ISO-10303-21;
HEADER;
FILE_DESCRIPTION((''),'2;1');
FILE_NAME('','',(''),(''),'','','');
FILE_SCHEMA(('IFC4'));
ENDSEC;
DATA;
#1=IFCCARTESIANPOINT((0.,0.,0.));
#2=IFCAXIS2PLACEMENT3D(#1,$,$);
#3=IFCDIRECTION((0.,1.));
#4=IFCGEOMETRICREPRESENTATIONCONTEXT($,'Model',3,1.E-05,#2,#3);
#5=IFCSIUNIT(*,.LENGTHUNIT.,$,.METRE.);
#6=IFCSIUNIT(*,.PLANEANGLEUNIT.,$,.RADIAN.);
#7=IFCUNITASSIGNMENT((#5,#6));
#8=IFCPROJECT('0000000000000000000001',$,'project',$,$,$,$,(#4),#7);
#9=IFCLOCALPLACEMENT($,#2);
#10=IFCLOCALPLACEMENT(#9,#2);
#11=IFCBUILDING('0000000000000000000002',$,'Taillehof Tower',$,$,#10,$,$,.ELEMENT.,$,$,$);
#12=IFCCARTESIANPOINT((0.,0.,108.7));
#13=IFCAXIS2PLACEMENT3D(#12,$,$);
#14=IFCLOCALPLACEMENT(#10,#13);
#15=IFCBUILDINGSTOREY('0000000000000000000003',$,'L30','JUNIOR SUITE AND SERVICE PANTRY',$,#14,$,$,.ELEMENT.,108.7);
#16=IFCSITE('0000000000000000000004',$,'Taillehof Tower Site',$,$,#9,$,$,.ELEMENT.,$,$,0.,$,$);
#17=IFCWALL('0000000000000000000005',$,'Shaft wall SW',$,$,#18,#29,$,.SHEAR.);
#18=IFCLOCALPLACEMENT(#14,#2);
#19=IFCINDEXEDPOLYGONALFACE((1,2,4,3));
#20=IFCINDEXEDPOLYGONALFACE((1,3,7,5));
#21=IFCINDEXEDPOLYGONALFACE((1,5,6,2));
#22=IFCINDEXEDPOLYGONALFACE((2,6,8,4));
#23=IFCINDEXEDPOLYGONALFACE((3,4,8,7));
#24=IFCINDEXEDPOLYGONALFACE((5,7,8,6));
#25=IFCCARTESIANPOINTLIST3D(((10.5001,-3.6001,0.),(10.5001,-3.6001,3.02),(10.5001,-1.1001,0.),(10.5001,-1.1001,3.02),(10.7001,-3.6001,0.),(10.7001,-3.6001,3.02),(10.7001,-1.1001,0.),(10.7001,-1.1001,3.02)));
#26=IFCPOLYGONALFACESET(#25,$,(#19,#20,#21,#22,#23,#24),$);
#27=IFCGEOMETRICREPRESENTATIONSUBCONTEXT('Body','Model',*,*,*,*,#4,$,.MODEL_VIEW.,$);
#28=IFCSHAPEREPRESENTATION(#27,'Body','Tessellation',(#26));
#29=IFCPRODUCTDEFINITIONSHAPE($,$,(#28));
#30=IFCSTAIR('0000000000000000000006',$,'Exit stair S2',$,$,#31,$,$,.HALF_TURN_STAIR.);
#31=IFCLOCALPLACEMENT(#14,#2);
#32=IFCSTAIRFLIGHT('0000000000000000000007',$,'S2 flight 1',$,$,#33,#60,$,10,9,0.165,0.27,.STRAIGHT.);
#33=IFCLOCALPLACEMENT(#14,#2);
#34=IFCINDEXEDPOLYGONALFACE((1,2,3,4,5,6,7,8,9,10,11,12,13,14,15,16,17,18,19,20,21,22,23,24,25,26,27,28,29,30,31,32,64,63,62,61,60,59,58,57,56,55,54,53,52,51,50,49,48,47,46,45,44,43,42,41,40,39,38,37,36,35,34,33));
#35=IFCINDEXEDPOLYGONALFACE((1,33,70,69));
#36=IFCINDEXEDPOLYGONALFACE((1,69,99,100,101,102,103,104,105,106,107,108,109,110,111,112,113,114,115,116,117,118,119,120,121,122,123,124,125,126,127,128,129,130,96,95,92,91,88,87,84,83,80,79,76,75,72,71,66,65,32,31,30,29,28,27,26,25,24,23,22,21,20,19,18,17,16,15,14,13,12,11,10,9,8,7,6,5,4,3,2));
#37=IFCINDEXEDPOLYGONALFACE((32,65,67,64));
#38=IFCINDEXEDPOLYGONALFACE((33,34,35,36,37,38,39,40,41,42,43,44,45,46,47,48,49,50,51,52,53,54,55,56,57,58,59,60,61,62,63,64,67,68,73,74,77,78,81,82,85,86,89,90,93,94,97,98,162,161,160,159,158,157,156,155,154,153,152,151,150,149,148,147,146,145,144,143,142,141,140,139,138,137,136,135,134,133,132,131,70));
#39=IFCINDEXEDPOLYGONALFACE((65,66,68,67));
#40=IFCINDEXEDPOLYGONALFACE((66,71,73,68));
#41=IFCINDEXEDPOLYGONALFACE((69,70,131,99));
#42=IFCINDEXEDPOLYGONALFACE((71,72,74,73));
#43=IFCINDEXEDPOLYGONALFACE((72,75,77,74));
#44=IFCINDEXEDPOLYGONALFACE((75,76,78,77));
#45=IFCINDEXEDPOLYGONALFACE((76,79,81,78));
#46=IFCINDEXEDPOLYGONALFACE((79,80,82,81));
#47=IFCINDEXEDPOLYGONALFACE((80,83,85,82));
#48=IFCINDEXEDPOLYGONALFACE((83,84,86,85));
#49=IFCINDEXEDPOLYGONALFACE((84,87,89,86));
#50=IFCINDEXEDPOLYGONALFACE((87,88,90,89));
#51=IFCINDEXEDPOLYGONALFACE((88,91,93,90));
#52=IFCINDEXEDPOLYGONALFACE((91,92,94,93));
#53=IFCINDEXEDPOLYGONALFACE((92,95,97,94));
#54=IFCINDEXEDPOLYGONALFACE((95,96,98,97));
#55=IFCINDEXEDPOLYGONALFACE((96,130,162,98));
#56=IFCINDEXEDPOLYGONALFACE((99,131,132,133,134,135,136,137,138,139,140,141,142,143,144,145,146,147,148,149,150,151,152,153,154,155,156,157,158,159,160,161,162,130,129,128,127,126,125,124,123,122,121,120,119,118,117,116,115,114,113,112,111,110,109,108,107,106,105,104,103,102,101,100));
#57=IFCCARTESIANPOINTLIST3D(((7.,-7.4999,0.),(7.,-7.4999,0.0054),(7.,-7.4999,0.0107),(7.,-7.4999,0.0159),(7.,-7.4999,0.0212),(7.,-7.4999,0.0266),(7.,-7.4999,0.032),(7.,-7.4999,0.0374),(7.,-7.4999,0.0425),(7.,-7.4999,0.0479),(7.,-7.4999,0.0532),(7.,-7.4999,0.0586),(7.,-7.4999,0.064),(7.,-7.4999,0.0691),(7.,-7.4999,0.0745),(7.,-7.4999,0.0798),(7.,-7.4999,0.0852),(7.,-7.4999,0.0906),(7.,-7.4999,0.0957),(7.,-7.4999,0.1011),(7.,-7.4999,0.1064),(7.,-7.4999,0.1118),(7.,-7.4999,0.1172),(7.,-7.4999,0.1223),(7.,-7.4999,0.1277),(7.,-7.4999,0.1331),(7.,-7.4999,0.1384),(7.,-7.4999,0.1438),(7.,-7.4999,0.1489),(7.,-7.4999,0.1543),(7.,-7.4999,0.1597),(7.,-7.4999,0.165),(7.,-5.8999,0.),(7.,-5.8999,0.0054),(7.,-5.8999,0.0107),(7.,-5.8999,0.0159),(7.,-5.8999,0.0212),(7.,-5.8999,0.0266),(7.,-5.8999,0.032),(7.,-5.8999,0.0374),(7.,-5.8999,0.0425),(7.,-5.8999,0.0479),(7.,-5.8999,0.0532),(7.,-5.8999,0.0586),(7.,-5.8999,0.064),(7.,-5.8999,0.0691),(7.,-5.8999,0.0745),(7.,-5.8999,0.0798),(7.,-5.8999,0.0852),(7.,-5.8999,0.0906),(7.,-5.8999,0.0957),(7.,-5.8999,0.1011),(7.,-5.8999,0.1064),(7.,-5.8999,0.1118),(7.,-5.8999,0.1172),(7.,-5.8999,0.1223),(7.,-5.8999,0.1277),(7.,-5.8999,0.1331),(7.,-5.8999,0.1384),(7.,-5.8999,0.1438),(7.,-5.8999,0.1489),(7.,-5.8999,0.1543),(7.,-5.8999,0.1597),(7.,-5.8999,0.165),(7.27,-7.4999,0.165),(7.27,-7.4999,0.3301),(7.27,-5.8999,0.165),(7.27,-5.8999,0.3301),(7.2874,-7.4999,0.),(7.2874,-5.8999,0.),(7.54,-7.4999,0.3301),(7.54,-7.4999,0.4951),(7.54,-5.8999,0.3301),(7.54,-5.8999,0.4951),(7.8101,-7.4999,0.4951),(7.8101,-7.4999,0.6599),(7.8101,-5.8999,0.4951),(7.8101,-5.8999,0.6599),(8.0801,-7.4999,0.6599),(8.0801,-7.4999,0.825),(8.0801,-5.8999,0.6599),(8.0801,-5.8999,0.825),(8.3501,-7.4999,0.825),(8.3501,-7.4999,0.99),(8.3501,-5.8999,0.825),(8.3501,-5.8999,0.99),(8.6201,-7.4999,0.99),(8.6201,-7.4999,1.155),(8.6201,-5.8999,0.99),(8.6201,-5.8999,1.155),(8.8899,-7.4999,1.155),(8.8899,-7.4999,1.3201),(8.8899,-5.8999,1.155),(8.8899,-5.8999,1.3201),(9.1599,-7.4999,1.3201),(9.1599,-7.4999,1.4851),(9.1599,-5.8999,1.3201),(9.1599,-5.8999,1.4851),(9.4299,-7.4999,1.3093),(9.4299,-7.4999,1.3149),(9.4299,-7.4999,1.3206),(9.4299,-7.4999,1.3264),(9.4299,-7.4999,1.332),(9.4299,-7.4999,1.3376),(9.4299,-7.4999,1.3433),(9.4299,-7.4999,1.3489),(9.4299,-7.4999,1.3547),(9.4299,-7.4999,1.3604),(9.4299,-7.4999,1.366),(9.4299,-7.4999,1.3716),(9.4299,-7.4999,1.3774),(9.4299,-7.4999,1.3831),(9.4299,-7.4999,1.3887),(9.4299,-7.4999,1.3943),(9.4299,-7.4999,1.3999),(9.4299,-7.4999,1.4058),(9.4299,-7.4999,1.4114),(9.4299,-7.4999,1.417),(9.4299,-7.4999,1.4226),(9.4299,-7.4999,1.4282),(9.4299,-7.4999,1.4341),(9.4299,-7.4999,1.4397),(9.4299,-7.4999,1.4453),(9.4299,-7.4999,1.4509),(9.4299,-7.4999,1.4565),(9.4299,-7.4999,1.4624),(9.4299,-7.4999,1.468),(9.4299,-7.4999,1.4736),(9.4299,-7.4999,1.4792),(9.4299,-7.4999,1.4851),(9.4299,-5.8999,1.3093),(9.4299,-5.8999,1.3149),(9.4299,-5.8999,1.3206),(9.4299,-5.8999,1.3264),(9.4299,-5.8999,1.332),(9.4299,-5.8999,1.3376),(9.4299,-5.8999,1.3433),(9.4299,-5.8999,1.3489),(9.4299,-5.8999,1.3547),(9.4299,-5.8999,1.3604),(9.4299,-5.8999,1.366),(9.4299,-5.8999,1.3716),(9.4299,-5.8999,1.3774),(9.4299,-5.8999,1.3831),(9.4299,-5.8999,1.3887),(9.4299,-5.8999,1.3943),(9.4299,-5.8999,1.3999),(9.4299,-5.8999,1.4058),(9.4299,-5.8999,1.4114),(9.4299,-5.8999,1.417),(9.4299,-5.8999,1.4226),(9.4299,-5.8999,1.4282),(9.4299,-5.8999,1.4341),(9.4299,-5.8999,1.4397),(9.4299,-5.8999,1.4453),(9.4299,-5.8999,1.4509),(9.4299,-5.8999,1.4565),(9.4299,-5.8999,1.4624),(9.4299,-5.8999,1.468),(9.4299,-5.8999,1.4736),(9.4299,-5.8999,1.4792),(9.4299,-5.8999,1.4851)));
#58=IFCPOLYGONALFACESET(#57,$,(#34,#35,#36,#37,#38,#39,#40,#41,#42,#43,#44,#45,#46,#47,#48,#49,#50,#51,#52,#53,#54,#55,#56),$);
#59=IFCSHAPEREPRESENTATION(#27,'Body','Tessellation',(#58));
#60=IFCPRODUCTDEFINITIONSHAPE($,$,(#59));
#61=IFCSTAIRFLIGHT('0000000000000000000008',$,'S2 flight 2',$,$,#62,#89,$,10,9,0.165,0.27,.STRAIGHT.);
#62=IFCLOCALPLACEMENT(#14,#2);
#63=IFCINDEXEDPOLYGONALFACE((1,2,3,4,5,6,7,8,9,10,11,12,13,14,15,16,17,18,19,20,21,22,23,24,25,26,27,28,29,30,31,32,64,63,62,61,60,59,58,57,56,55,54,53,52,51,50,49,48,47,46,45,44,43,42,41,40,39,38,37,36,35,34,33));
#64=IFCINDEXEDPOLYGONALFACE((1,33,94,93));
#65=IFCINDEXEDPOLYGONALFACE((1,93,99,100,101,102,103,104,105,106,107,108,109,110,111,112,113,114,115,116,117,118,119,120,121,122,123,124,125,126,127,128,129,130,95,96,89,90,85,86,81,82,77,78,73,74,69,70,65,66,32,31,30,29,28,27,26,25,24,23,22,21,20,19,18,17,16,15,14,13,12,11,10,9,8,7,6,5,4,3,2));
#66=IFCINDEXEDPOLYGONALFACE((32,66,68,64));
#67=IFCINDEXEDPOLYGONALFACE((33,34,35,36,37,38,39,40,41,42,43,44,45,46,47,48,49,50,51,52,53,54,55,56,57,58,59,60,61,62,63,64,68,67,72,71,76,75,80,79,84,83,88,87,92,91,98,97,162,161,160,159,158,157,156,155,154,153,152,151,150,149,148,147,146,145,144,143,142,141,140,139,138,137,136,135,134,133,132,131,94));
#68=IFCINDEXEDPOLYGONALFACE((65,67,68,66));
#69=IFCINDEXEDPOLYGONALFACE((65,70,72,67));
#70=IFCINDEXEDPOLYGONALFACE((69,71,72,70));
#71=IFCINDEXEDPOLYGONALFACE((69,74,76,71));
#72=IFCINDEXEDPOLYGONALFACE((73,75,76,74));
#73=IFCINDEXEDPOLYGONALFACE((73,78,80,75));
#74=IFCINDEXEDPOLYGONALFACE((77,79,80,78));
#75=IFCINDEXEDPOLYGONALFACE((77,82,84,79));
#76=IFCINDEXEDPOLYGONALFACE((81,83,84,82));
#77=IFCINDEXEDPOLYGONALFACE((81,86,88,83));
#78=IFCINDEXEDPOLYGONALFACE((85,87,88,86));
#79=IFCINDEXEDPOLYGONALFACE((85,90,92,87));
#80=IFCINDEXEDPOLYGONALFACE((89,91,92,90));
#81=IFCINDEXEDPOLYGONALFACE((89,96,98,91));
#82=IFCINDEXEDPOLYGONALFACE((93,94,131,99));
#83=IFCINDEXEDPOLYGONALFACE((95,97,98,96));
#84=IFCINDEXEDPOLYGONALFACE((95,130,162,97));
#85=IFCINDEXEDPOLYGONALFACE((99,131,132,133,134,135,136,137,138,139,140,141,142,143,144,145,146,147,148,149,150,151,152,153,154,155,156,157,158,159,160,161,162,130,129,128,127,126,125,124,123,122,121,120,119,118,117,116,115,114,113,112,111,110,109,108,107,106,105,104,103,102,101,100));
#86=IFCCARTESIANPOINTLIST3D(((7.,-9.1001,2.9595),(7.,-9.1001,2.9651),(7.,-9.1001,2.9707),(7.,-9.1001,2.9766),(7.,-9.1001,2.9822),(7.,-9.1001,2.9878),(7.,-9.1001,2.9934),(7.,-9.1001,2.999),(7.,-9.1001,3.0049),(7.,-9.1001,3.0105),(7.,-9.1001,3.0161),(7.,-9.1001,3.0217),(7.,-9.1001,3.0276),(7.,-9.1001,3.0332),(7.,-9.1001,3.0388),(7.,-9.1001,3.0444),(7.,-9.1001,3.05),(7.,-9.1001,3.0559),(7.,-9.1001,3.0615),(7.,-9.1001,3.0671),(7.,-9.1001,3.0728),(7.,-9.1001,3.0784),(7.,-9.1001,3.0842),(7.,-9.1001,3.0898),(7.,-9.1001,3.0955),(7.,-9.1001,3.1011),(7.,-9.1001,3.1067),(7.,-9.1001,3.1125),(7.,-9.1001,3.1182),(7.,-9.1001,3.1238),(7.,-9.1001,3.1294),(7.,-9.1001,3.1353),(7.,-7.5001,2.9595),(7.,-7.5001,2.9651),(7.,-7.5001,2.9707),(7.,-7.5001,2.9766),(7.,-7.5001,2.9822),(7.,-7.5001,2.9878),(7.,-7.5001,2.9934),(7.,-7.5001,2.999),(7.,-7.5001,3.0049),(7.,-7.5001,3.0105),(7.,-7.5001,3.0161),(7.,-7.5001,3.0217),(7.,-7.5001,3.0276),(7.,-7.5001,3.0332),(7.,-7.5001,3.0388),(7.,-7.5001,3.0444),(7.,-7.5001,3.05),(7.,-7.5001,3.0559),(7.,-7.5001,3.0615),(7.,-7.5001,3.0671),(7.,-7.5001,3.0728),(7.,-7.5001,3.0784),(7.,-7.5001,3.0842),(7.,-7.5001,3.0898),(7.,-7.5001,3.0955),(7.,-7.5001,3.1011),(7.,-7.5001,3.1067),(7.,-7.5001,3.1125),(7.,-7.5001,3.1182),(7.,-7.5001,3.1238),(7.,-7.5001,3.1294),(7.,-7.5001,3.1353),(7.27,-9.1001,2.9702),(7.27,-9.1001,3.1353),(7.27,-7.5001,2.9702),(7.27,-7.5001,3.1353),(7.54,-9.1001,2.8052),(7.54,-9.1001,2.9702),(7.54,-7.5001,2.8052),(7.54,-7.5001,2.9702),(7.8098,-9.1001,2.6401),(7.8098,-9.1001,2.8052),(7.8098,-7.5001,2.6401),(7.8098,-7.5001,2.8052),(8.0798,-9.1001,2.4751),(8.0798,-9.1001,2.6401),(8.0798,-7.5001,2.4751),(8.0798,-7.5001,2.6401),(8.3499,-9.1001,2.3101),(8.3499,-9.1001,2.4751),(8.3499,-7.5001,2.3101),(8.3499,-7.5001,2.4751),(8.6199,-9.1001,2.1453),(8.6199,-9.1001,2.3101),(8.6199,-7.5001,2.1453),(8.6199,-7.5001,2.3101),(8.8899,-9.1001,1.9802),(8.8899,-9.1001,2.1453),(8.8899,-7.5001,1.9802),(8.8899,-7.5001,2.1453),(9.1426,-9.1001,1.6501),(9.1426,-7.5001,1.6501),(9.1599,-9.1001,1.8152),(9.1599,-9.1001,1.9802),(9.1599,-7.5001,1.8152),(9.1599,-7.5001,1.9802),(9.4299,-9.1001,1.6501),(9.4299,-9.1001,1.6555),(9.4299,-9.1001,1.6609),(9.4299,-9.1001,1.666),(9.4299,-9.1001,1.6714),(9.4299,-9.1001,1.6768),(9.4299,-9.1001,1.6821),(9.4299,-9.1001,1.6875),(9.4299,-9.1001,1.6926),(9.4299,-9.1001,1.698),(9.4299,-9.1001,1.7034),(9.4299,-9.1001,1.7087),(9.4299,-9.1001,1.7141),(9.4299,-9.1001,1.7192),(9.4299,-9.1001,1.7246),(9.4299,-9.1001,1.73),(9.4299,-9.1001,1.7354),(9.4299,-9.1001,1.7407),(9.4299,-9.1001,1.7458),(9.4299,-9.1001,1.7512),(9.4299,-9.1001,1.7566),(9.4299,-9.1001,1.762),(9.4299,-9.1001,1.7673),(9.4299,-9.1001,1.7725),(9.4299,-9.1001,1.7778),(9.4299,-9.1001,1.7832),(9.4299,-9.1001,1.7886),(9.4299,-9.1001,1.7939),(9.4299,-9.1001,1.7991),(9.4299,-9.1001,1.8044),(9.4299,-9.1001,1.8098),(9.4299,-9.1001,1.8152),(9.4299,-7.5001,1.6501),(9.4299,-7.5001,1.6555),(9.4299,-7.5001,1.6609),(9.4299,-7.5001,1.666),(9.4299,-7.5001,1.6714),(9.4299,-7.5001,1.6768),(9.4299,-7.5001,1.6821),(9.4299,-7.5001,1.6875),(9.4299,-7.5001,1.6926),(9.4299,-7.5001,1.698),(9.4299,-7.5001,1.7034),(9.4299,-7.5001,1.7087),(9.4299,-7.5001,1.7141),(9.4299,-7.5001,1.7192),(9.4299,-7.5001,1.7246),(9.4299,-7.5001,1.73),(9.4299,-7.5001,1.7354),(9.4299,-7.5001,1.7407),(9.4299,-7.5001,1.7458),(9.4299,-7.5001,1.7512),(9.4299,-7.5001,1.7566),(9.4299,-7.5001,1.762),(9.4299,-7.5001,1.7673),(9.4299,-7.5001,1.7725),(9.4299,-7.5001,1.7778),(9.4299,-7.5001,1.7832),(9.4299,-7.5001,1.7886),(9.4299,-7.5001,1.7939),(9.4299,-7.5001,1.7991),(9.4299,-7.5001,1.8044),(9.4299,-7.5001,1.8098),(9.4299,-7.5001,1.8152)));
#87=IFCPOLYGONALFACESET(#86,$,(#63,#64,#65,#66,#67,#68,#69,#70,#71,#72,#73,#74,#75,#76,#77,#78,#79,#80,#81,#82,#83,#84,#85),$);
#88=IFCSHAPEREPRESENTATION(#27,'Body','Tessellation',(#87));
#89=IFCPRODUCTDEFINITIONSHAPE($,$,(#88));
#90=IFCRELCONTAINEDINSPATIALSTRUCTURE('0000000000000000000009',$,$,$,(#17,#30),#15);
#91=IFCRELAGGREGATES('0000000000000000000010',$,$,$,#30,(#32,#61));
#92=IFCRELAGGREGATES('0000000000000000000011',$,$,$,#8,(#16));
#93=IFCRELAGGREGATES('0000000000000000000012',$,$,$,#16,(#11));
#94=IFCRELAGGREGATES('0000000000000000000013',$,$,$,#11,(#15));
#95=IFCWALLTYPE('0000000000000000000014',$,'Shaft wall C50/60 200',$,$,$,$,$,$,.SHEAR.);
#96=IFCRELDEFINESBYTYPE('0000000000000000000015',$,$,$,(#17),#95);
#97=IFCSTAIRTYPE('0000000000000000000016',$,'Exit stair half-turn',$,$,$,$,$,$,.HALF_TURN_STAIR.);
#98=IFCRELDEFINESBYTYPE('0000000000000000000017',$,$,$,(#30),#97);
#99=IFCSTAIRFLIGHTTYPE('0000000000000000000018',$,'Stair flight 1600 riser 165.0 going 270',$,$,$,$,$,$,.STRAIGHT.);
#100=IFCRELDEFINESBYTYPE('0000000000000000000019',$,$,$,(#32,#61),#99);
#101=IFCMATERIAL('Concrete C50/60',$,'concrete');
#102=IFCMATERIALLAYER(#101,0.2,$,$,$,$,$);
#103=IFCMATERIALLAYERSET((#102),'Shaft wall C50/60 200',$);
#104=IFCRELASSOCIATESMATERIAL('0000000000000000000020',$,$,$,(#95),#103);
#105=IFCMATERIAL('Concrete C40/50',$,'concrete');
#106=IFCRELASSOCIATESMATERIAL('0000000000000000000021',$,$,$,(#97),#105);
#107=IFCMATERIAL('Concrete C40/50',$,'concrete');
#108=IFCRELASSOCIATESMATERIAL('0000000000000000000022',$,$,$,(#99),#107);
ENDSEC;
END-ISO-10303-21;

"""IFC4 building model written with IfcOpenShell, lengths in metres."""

from ifc_helpers import new_model, si_unit, direction, frame, frame_2d, origin, place, context, subcontext, project, spatial, polyline, rectangle, outline, extrude, material, layer, layer_set, type_object, element, aggregate, save


model = new_model("IFC4")

# Units and contexts
model_context = context("Model", 3, precision=1e-05, world=origin(), true_north=direction((0.0, 1.0)))
body_context = subcontext(model_context, "Body", "Model", "MODEL_VIEW")
ifc_project = project(units=[si_unit("LENGTHUNIT", "METRE"), si_unit("PLANEANGLEUNIT", "RADIAN")], contexts=[model_context])

# Site, building, storey
site_placement = place(None, origin())
site = spatial("IfcSite", under=ifc_project, at=site_placement, Name="Taillehof Tower Site", CompositionType="ELEMENT", RefElevation=0.0)
building_placement = place(site_placement, origin())
building = spatial("IfcBuilding", under=site, at=building_placement, Name="Taillehof Tower", CompositionType="ELEMENT")
storey_placement = place(building_placement, frame((0.0, 0.0, 108.7)))
storey = spatial("IfcBuildingStorey", under=building, at=storey_placement, Name="L30", Description="JUNIOR SUITE AND SERVICE PANTRY", CompositionType="ELEMENT", Elevation=108.7)

# Shared definitions
ifc_material_1 = material(Name="Concrete C50/60", Category="concrete")
ifc_layer_1 = layer(ifc_material_1, 0.2)
ifc_layer_set_1 = layer_set([ifc_layer_1], Name="Shaft wall C50/60 200")
wall_type_1 = type_object("IfcWallType", Name="Shaft wall C50/60 200", PredefinedType="SHEAR", material=ifc_layer_set_1)

# Wall
wall_1_placement = place(storey_placement, frame((10.6001, -3.6001, 0.0), z_axis=(0.0, 0.0, 1.0), x_axis=(0.0, 1.0, 0.0)))
element("IfcWall", 1, at=wall_1_placement, inside=storey, type_object=wall_type_1, Name="Shaft wall SW", PredefinedType="SHEAR", context=body_context, shape_type="SweptSolid", body=[
    extrude(rectangle(XDim=2.5, YDim=0.2, at=frame_2d((1.25, 0.0))), origin(), (0.0, 0.0, 1.0), 3.02),
])

# Stair, stair flights
ifc_material_2 = material(Name="Concrete C40/50", Category="concrete")
stair_type = type_object("IfcStairType", Name="Exit stair half-turn", PredefinedType="HALF_TURN_STAIR", material=ifc_material_2)
stair_placement = place(storey_placement, origin())
stair = element("IfcStair", 2, at=stair_placement, inside=storey, type_object=stair_type, Name="Exit stair S2", PredefinedType="HALF_TURN_STAIR")
ifc_material_3 = material(Name="Concrete C40/50", Category="concrete")
stair_flight_type = type_object("IfcStairFlightType", Name="Stair flight 1600 riser 165.0 going 270", PredefinedType="STRAIGHT", material=ifc_material_3)
stair_flight_1_placement = place(storey_placement, frame((7.0, -6.7, 0.0), z_axis=(0.0, 0.0, 1.0), x_axis=(1.0, 0.0, 0.0)))
stair_flight_1 = element("IfcStairFlight", 3, at=stair_flight_1_placement, type_object=stair_flight_type, Name="S2 flight 1", NumberOfRisers=10, NumberOfTreads=9, PredefinedType="STRAIGHT", RiserHeight=0.165, TreadLength=0.27, context=body_context, shape_type="SweptSolid", body=[
    extrude(outline(polyline([(0.0, 0.0), (0.0, 0.0054), (0.0, 0.0107), (0.0, 0.0159), (0.0, 0.0212), (0.0, 0.0266), (0.0, 0.032), (0.0, 0.0374), (0.0, 0.0425), (0.0, 0.0479), (0.0, 0.0532), (0.0, 0.0586), (0.0, 0.064), (0.0, 0.0691), (0.0, 0.0745), (0.0, 0.0798), (0.0, 0.0852), (0.0, 0.0906), (0.0, 0.0957), (0.0, 0.1011), (0.0, 0.1064), (0.0, 0.1118), (0.0, 0.1172), (0.0, 0.1223), (0.0, 0.1277), (0.0, 0.1331), (0.0, 0.1384), (0.0, 0.1438), (0.0, 0.1489), (0.0, 0.1543), (0.0, 0.1597), (0.0, 0.165), (0.27, 0.165), (0.27, 0.3301), (0.54, 0.3301), (0.54, 0.4951), (0.8101, 0.4951), (0.8101, 0.6599), (1.0801, 0.6599), (1.0801, 0.825), (1.3501, 0.825), (1.3501, 0.99), (1.6201, 0.99), (1.6201, 1.155), (1.8899, 1.155), (1.8899, 1.3201), (2.1599, 1.3201), (2.1599, 1.4851), (2.4299, 1.4851), (2.4299, 1.4792), (2.4299, 1.4736), (2.4299, 1.468), (2.4299, 1.4624), (2.4299, 1.4565), (2.4299, 1.4509), (2.4299, 1.4453), (2.4299, 1.4397), (2.4299, 1.4341), (2.4299, 1.4282), (2.4299, 1.4226), (2.4299, 1.417), (2.4299, 1.4114), (2.4299, 1.4058), (2.4299, 1.3999), (2.4299, 1.3943), (2.4299, 1.3887), (2.4299, 1.3831), (2.4299, 1.3774), (2.4299, 1.3716), (2.4299, 1.366), (2.4299, 1.3604), (2.4299, 1.3547), (2.4299, 1.3489), (2.4299, 1.3433), (2.4299, 1.3376), (2.4299, 1.332), (2.4299, 1.3264), (2.4299, 1.3206), (2.4299, 1.3149), (2.4299, 1.3093), (0.2874, 0.0), (0.0, 0.0)])), frame((0.0, 0.8, 0.0), z_axis=(0.0, -1.0, 0.0), x_axis=(1.0, 0.0, 0.0)), (0.0, 0.0, 1.0), 1.6),
])
stair_flight_2_placement = place(storey_placement, frame((9.4299, -8.3, 1.6501), z_axis=(0.0, 0.0, 1.0), x_axis=(-1.0, 0.0, 0.0)))
stair_flight_2 = element("IfcStairFlight", 4, at=stair_flight_2_placement, type_object=stair_flight_type, Name="S2 flight 2", NumberOfRisers=10, NumberOfTreads=9, PredefinedType="STRAIGHT", RiserHeight=0.165, TreadLength=0.27, context=body_context, shape_type="SweptSolid", body=[
    extrude(outline(polyline([(0.0, 0.0), (0.0, 0.0054), (0.0, 0.0107), (0.0, 0.0159), (0.0, 0.0212), (0.0, 0.0266), (0.0, 0.032), (0.0, 0.0374), (0.0, 0.0425), (0.0, 0.0479), (0.0, 0.0532), (0.0, 0.0586), (0.0, 0.064), (0.0, 0.0691), (0.0, 0.0745), (0.0, 0.0798), (0.0, 0.0852), (0.0, 0.0906), (0.0, 0.0957), (0.0, 0.1011), (0.0, 0.1064), (0.0, 0.1118), (0.0, 0.1172), (0.0, 0.1223), (0.0, 0.1277), (0.0, 0.1331), (0.0, 0.1384), (0.0, 0.1438), (0.0, 0.1489), (0.0, 0.1543), (0.0, 0.1597), (0.0, 0.165), (0.27, 0.165), (0.27, 0.3301), (0.54, 0.3301), (0.54, 0.4951), (0.8101, 0.4951), (0.8101, 0.6599), (1.0801, 0.6599), (1.0801, 0.825), (1.3501, 0.825), (1.3501, 0.99), (1.6201, 0.99), (1.6201, 1.155), (1.8899, 1.155), (1.8899, 1.3201), (2.1599, 1.3201), (2.1599, 1.4851), (2.4299, 1.4851), (2.4299, 1.4792), (2.4299, 1.4736), (2.4299, 1.468), (2.4299, 1.4624), (2.4299, 1.4565), (2.4299, 1.4509), (2.4299, 1.4453), (2.4299, 1.4397), (2.4299, 1.4341), (2.4299, 1.4282), (2.4299, 1.4226), (2.4299, 1.417), (2.4299, 1.4114), (2.4299, 1.4058), (2.4299, 1.3999), (2.4299, 1.3943), (2.4299, 1.3887), (2.4299, 1.3831), (2.4299, 1.3774), (2.4299, 1.3716), (2.4299, 1.366), (2.4299, 1.3604), (2.4299, 1.3547), (2.4299, 1.3489), (2.4299, 1.3433), (2.4299, 1.3376), (2.4299, 1.332), (2.4299, 1.3264), (2.4299, 1.3206), (2.4299, 1.3149), (2.4299, 1.3093), (0.2874, 0.0), (0.0, 0.0)])), frame((0.0, 0.8, 0.0), z_axis=(0.0, -1.0, 0.0), x_axis=(1.0, 0.0, 0.0)), (0.0, 0.0, 1.0), 1.6),
])
aggregate(stair, [stair_flight_1, stair_flight_2])

save(model, "model.ifc")
